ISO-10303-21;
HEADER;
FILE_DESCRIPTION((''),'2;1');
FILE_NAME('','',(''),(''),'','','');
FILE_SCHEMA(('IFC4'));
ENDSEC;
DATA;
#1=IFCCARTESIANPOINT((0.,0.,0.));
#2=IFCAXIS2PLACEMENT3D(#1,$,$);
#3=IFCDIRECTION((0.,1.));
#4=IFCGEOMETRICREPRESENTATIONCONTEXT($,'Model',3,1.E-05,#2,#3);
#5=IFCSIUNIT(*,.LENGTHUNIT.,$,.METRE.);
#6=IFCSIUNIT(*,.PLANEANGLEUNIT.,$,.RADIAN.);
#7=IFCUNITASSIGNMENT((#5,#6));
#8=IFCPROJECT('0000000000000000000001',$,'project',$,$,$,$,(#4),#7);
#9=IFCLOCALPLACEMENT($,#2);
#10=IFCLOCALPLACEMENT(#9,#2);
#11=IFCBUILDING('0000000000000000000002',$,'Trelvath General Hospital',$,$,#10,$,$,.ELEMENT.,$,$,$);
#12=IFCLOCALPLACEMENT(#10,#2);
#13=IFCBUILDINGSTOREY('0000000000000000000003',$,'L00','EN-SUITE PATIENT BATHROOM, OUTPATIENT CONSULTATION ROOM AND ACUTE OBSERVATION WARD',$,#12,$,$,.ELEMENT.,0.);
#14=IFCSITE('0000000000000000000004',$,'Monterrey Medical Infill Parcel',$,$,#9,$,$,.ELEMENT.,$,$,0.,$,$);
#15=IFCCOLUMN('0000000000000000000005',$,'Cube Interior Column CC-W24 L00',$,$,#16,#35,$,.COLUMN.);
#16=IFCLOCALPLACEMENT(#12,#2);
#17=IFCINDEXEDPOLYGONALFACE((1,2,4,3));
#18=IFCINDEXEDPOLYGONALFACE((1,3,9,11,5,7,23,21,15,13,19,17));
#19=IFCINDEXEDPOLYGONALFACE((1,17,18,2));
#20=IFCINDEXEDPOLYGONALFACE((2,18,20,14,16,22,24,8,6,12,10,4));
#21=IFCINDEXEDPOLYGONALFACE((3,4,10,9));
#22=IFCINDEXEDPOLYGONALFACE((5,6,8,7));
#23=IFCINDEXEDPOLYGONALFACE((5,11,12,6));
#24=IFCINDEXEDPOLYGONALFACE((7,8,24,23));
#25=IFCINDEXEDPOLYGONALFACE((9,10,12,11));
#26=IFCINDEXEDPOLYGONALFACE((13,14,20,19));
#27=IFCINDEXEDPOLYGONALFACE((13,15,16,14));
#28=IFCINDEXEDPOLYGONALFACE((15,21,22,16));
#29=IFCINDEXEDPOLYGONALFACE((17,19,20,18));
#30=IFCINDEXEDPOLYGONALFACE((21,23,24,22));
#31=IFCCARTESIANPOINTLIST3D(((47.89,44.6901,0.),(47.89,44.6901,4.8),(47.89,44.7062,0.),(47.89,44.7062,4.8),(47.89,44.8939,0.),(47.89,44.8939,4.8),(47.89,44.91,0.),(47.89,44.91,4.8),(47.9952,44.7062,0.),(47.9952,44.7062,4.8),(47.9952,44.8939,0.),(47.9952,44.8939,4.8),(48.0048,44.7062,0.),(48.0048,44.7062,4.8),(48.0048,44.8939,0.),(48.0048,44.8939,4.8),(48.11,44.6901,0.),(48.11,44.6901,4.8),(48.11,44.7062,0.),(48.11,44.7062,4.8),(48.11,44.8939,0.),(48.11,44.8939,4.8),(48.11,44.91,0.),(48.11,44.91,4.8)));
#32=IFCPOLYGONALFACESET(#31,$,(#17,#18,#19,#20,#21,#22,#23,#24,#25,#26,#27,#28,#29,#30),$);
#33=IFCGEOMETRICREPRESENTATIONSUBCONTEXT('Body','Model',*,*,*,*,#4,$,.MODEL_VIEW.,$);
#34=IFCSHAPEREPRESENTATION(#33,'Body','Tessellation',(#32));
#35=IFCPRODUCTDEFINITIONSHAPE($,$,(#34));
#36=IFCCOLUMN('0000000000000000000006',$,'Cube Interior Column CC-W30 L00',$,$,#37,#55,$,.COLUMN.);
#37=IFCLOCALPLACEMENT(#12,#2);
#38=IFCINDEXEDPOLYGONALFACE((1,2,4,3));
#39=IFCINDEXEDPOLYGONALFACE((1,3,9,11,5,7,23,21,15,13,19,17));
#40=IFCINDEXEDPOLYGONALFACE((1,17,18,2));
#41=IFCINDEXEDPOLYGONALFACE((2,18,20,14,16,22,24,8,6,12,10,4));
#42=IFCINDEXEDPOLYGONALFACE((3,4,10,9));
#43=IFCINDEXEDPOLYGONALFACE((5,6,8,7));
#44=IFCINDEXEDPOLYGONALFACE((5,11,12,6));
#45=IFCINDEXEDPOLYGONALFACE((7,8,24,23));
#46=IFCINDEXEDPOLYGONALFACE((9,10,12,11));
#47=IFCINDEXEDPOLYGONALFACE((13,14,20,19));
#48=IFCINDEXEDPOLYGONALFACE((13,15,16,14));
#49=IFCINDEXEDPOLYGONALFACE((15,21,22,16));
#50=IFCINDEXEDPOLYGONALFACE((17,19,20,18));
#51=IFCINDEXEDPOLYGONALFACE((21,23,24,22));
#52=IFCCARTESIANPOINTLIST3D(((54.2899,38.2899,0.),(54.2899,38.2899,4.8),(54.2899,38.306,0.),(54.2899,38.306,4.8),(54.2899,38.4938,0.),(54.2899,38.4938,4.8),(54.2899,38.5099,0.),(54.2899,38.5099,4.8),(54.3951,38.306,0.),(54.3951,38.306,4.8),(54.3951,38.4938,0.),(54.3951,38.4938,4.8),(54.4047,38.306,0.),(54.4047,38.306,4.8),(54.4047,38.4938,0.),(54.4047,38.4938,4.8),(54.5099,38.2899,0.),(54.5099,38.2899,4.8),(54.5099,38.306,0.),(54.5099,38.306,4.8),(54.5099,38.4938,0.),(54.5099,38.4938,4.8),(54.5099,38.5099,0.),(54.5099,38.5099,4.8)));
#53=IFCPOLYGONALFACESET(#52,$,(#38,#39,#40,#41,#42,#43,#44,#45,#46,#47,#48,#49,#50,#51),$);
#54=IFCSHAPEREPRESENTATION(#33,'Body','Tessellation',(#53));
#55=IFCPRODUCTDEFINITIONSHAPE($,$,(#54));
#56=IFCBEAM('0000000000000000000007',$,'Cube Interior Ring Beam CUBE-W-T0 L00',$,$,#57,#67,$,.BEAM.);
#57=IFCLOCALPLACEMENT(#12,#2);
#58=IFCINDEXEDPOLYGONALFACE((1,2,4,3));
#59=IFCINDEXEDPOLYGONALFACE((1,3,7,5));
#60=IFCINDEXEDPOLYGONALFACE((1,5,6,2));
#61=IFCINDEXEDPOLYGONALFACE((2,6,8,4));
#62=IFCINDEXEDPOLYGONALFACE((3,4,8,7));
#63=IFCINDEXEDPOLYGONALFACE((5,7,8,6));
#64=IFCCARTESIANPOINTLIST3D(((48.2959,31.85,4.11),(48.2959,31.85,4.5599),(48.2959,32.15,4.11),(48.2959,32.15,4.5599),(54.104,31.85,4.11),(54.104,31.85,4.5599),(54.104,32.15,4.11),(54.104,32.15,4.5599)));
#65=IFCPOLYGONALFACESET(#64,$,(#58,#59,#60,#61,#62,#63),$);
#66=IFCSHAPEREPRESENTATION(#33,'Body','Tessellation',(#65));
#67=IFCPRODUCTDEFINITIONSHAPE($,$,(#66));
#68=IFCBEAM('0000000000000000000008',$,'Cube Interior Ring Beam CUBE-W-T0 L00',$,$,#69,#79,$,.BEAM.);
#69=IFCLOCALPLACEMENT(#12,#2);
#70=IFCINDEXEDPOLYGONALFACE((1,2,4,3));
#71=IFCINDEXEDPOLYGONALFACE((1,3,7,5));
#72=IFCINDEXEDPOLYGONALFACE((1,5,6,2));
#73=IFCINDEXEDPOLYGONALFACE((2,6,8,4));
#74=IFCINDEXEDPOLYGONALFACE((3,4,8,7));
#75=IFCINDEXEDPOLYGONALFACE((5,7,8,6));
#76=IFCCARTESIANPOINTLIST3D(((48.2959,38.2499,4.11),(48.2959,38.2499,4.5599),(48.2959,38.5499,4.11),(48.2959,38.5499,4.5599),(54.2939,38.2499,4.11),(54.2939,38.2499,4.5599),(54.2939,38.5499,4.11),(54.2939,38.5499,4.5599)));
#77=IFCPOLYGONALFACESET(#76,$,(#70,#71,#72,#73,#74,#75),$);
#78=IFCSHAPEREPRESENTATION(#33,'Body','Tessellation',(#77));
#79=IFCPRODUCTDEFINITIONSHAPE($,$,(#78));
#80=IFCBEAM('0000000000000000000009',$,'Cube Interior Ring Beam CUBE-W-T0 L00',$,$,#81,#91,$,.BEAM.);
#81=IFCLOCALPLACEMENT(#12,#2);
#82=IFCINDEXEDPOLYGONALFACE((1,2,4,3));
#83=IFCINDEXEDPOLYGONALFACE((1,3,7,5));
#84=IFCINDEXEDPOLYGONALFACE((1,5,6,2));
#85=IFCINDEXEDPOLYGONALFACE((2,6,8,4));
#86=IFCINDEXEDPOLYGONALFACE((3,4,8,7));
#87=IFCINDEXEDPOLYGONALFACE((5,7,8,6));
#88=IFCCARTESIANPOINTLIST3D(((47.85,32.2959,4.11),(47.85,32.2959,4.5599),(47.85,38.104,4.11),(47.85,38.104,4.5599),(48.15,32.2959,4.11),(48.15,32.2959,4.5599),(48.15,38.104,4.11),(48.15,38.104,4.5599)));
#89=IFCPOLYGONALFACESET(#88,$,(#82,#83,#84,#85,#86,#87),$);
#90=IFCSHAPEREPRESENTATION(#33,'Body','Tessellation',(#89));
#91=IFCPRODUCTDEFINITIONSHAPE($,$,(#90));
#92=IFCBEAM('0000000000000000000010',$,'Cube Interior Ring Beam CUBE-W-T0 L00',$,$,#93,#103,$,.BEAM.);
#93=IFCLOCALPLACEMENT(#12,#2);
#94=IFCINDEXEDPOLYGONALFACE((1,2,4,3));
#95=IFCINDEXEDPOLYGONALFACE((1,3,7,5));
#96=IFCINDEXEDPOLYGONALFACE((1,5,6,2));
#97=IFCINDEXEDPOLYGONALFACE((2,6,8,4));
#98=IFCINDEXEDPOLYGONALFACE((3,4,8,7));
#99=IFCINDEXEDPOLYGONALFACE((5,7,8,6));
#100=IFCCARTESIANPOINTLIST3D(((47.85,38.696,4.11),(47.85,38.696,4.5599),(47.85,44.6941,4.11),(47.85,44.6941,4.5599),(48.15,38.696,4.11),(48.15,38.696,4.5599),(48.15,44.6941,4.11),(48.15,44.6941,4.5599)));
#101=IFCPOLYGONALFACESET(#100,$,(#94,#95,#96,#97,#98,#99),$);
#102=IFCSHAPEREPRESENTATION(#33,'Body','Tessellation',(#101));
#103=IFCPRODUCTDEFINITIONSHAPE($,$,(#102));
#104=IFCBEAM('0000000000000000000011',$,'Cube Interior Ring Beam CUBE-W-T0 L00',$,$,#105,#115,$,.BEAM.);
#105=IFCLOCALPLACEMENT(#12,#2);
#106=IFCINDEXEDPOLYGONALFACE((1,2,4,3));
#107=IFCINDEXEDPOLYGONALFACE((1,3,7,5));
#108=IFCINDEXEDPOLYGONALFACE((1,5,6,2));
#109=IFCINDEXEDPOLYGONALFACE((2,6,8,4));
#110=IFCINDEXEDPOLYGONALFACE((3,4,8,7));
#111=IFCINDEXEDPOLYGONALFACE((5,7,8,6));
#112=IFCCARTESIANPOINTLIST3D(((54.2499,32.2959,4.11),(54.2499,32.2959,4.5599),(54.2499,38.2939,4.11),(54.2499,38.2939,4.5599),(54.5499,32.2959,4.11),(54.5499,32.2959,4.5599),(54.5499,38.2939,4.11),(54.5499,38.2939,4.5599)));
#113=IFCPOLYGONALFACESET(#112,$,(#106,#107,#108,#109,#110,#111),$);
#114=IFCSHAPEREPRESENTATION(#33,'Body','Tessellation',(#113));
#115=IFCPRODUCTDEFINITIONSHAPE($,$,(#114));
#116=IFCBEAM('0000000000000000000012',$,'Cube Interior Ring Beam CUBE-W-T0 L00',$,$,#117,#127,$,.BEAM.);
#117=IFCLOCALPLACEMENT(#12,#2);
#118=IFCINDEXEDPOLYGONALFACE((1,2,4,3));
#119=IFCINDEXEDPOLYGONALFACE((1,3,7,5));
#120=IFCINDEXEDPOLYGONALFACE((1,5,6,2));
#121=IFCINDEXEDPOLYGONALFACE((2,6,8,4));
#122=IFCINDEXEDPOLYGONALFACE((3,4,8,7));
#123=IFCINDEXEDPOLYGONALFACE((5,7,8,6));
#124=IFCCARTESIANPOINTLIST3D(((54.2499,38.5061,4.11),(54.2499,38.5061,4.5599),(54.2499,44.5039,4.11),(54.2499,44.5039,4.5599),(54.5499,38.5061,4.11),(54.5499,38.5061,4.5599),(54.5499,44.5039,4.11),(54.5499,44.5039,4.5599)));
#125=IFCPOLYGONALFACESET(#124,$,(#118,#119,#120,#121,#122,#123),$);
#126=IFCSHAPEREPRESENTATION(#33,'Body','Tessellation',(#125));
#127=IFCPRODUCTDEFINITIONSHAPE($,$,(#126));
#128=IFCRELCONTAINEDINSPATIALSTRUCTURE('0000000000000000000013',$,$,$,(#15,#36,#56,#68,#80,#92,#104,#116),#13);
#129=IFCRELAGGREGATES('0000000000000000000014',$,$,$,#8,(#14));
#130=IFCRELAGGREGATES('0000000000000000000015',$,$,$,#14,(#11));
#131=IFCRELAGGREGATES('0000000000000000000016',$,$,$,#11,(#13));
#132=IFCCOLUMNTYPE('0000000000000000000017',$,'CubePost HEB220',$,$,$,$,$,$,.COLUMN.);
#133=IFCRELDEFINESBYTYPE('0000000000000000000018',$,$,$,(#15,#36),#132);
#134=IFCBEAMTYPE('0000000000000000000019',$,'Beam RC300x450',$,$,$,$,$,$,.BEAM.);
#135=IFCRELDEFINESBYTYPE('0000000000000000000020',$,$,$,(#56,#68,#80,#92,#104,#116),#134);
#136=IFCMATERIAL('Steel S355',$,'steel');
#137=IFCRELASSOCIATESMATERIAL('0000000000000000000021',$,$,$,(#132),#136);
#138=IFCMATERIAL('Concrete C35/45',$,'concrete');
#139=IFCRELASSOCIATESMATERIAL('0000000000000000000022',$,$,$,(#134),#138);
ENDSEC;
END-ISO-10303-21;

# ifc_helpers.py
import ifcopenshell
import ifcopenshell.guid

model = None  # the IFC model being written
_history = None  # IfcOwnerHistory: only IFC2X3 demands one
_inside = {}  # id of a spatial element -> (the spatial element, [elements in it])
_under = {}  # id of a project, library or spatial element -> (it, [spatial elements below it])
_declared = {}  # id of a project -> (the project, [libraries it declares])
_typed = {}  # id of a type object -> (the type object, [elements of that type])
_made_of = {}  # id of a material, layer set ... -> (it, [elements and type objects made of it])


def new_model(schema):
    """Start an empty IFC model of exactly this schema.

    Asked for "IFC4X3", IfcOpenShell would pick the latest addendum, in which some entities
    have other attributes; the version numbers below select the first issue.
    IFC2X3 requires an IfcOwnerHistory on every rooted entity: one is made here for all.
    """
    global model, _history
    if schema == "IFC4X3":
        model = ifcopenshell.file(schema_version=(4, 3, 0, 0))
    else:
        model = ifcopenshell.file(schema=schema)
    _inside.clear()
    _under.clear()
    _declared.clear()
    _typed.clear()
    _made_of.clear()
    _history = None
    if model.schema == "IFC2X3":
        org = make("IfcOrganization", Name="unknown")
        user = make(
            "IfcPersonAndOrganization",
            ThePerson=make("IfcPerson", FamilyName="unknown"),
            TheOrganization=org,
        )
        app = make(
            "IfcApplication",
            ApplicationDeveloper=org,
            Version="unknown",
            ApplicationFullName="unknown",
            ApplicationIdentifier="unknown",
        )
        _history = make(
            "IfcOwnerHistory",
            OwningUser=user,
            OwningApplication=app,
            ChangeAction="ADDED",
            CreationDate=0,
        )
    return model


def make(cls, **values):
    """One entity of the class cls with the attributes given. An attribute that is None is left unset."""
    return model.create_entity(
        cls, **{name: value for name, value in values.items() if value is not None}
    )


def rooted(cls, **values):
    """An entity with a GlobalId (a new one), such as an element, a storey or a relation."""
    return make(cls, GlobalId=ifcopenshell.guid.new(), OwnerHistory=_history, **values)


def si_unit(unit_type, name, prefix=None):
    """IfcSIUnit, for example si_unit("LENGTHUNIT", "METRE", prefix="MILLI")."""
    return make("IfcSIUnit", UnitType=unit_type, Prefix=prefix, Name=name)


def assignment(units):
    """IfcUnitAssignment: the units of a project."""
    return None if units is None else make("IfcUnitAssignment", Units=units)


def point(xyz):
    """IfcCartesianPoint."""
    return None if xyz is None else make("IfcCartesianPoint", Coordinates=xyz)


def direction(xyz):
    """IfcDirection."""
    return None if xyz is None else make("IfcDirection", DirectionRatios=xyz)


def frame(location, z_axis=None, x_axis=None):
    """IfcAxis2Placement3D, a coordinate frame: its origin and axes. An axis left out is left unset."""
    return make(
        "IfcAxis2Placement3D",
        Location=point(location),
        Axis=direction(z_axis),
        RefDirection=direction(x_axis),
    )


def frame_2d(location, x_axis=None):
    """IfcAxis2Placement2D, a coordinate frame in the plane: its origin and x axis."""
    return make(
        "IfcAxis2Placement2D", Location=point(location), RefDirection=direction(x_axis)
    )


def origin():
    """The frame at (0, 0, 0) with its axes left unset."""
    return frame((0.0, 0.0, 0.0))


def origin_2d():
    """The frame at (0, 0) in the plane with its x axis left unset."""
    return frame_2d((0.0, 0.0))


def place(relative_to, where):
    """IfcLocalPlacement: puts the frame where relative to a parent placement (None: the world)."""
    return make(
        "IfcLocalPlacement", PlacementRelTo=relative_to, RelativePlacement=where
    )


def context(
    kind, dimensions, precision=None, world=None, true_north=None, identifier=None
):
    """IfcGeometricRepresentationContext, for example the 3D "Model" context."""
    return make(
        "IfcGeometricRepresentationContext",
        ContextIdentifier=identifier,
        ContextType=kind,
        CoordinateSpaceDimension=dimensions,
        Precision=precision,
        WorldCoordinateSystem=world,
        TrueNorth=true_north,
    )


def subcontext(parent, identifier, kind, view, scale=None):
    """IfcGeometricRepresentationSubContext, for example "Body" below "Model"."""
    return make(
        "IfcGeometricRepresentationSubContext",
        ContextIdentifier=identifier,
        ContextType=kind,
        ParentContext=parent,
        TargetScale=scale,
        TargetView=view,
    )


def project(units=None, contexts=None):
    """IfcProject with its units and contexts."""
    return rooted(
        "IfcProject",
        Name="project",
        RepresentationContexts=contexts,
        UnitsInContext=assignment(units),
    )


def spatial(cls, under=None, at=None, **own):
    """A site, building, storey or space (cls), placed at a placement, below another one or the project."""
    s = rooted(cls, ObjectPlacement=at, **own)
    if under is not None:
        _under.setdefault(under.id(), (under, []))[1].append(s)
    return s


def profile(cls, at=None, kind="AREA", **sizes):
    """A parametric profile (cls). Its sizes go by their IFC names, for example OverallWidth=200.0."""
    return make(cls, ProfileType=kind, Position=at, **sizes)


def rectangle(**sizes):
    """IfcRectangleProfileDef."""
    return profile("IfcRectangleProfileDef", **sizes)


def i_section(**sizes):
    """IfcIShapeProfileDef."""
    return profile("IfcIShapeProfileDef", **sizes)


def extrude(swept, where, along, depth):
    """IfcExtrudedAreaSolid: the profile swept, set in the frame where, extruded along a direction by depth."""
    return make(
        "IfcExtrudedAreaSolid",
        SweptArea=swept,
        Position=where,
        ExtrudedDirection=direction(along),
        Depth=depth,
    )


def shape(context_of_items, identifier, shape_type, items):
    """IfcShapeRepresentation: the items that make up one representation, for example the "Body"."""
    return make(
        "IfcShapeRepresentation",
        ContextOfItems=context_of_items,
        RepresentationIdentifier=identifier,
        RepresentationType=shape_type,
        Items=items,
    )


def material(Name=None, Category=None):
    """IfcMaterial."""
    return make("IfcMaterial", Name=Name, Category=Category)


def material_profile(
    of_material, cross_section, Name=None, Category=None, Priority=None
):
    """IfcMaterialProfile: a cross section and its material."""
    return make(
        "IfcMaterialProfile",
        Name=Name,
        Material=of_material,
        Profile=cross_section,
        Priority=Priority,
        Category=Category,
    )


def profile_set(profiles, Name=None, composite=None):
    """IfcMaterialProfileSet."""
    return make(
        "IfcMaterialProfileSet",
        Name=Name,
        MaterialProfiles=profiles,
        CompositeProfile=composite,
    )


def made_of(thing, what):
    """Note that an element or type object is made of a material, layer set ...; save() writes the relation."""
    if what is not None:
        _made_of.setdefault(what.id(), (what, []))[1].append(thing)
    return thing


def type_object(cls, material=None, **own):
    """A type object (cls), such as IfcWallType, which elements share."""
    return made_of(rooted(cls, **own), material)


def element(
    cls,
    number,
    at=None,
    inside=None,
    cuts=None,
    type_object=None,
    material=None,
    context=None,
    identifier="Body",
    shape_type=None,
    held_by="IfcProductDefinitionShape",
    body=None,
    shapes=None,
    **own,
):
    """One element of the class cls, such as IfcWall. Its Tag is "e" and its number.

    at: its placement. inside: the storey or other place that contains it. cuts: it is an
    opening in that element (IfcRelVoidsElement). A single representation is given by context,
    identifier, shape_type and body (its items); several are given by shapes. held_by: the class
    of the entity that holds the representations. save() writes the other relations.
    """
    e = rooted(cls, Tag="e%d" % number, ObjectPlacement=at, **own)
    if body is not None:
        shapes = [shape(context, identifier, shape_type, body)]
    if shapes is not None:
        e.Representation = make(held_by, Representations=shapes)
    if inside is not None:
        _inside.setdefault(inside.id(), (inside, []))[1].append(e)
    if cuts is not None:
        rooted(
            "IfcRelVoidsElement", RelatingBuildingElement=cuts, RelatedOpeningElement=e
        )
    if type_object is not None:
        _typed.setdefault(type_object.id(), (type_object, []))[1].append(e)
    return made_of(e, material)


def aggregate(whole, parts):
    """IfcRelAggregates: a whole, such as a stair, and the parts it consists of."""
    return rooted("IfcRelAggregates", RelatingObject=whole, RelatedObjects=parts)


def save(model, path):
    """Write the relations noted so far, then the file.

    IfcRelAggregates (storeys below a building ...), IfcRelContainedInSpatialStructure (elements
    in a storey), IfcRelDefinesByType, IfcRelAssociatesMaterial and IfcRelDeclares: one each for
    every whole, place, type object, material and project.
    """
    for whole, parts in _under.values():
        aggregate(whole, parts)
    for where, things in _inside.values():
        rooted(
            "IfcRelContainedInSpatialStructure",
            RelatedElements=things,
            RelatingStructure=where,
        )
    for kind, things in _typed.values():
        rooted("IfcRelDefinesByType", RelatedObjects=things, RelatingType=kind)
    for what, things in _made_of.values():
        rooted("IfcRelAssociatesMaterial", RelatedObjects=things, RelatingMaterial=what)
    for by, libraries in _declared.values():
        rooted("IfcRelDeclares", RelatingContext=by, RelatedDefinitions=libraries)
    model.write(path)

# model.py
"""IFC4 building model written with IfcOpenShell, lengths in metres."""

from ifc_helpers import new_model, si_unit, direction, frame, origin, origin_2d, place, context, subcontext, project, spatial, rectangle, i_section, extrude, material, material_profile, profile_set, type_object, element, save


model = new_model("IFC4")

# Units and contexts
model_context = context("Model", 3, precision=1e-05, world=origin(), true_north=direction((0.0, 1.0)))
body_context = subcontext(model_context, "Body", "Model", "MODEL_VIEW")
ifc_project = project(units=[si_unit("LENGTHUNIT", "METRE"), si_unit("PLANEANGLEUNIT", "RADIAN")], contexts=[model_context])

# Site, building, storey
site_placement = place(None, origin())
site = spatial("IfcSite", under=ifc_project, at=site_placement, Name="Monterrey Medical Infill Parcel", CompositionType="ELEMENT", RefElevation=0.0)
building_placement = place(site_placement, origin())
building = spatial("IfcBuilding", under=site, at=building_placement, Name="Trelvath General Hospital", CompositionType="ELEMENT")
storey_placement = place(building_placement, origin())
storey = spatial("IfcBuildingStorey", under=building, at=storey_placement, Name="L00", Description="EN-SUITE PATIENT BATHROOM, OUTPATIENT CONSULTATION ROOM AND ACUTE OBSERVATION WARD", CompositionType="ELEMENT", Elevation=0.0)

# Columns
ifc_material_1 = material(Name="Steel S355", Category="steel")
ifc_material_profile_1 = material_profile(ifc_material_1, i_section(OverallWidth=0.22, OverallDepth=0.22, WebThickness=0.0095, FlangeThickness=0.0161, at=origin_2d()), Name="HEB220")
ifc_profile_set_1 = profile_set([ifc_material_profile_1], Name="Steel S355")
column_type_1 = type_object("IfcColumnType", Name="CubePost HEB220", PredefinedType="COLUMN", material=ifc_profile_set_1)
for number, where, z_axis, x_axis, name in (
    (1, (48.0, 44.8, 0.0), (0.0, 0.0, 1.0), (1.0, 0.0, 0.0), "Cube Interior Column CC-W24 L00"),
    (2, (54.3999, 38.3999, 0.0), (0.0, 0.0, 1.0), (1.0, 0.0, 0.0), "Cube Interior Column CC-W30 L00"),
):
    element("IfcColumn", number, at=place(storey_placement, frame(where, z_axis=z_axis, x_axis=x_axis)), inside=storey, type_object=column_type_1, Name=name, PredefinedType="COLUMN", context=body_context, shape_type="SweptSolid", body=[
        extrude(i_section(OverallWidth=0.22, OverallDepth=0.22, WebThickness=0.0095, FlangeThickness=0.0161, at=origin_2d()), origin(), (0.0, 0.0, 1.0), 4.8),
    ])

# Beams
ifc_material_2 = material(Name="Concrete C35/45", Category="concrete")
ifc_material_profile_2 = material_profile(ifc_material_2, rectangle(XDim=0.3, YDim=0.45, at=origin_2d()), Name="RCB300x450")
ifc_profile_set_2 = profile_set([ifc_material_profile_2], Name="Concrete C35/45")
beam_type = type_object("IfcBeamType", Name="Beam RC300x450", PredefinedType="BEAM", material=ifc_profile_set_2)
beam_1_placement = place(storey_placement, frame((48.2959, 32.0, 4.335), z_axis=(1.0, 0.0, 0.0), x_axis=(0.0, 1.0, 0.0)))
element("IfcBeam", 3, at=beam_1_placement, inside=storey, type_object=beam_type, Name="Cube Interior Ring Beam CUBE-W-T0 L00", PredefinedType="BEAM", context=body_context, shape_type="SweptSolid", body=[
    extrude(rectangle(XDim=0.3, YDim=0.45, at=origin_2d()), origin(), (0.0, 0.0, 1.0), 5.8081),
])
beam_2_placement = place(storey_placement, frame((48.2959, 38.3999, 4.335), z_axis=(1.0, 0.0, 0.0), x_axis=(0.0, 1.0, 0.0)))
element("IfcBeam", 4, at=beam_2_placement, inside=storey, type_object=beam_type, Name="Cube Interior Ring Beam CUBE-W-T0 L00", PredefinedType="BEAM", context=body_context, shape_type="SweptSolid", body=[
    extrude(rectangle(XDim=0.3, YDim=0.45, at=origin_2d()), origin(), (0.0, 0.0, 1.0), 5.998),
])
beam_3_placement = place(storey_placement, frame((48.0, 32.2959, 4.335), z_axis=(0.0, 1.0, 0.0), x_axis=(-1.0, 0.0, 0.0)))
element("IfcBeam", 5, at=beam_3_placement, inside=storey, type_object=beam_type, Name="Cube Interior Ring Beam CUBE-W-T0 L00", PredefinedType="BEAM", context=body_context, shape_type="SweptSolid", body=[
    extrude(rectangle(XDim=0.3, YDim=0.45, at=origin_2d()), origin(), (0.0, 0.0, 1.0), 5.8081),
])
for number, where, z_axis, x_axis, name in (
    (6, (48.0, 38.696, 4.335), (0.0, 1.0, 0.0), (-1.0, 0.0, 0.0), "Cube Interior Ring Beam CUBE-W-T0 L00"),
    (7, (54.3999, 32.2959, 4.335), (0.0, 1.0, 0.0), (-1.0, 0.0, 0.0), "Cube Interior Ring Beam CUBE-W-T0 L00"),
):
    element("IfcBeam", number, at=place(storey_placement, frame(where, z_axis=z_axis, x_axis=x_axis)), inside=storey, type_object=beam_type, Name=name, PredefinedType="BEAM", context=body_context, shape_type="SweptSolid", body=[
        extrude(rectangle(XDim=0.3, YDim=0.45, at=origin_2d()), origin(), (0.0, 0.0, 1.0), 5.998),
    ])
beam_4_placement = place(storey_placement, frame((54.3999, 38.5061, 4.335), z_axis=(0.0, 1.0, 0.0), x_axis=(-1.0, 0.0, 0.0)))
element("IfcBeam", 8, at=beam_4_placement, inside=storey, type_object=beam_type, Name="Cube Interior Ring Beam CUBE-W-T0 L00", PredefinedType="BEAM", context=body_context, shape_type="SweptSolid", body=[
    extrude(rectangle(XDim=0.3, YDim=0.45, at=origin_2d()), origin(), (0.0, 0.0, 1.0), 5.9978),
])

save(model, "model.ifc")
